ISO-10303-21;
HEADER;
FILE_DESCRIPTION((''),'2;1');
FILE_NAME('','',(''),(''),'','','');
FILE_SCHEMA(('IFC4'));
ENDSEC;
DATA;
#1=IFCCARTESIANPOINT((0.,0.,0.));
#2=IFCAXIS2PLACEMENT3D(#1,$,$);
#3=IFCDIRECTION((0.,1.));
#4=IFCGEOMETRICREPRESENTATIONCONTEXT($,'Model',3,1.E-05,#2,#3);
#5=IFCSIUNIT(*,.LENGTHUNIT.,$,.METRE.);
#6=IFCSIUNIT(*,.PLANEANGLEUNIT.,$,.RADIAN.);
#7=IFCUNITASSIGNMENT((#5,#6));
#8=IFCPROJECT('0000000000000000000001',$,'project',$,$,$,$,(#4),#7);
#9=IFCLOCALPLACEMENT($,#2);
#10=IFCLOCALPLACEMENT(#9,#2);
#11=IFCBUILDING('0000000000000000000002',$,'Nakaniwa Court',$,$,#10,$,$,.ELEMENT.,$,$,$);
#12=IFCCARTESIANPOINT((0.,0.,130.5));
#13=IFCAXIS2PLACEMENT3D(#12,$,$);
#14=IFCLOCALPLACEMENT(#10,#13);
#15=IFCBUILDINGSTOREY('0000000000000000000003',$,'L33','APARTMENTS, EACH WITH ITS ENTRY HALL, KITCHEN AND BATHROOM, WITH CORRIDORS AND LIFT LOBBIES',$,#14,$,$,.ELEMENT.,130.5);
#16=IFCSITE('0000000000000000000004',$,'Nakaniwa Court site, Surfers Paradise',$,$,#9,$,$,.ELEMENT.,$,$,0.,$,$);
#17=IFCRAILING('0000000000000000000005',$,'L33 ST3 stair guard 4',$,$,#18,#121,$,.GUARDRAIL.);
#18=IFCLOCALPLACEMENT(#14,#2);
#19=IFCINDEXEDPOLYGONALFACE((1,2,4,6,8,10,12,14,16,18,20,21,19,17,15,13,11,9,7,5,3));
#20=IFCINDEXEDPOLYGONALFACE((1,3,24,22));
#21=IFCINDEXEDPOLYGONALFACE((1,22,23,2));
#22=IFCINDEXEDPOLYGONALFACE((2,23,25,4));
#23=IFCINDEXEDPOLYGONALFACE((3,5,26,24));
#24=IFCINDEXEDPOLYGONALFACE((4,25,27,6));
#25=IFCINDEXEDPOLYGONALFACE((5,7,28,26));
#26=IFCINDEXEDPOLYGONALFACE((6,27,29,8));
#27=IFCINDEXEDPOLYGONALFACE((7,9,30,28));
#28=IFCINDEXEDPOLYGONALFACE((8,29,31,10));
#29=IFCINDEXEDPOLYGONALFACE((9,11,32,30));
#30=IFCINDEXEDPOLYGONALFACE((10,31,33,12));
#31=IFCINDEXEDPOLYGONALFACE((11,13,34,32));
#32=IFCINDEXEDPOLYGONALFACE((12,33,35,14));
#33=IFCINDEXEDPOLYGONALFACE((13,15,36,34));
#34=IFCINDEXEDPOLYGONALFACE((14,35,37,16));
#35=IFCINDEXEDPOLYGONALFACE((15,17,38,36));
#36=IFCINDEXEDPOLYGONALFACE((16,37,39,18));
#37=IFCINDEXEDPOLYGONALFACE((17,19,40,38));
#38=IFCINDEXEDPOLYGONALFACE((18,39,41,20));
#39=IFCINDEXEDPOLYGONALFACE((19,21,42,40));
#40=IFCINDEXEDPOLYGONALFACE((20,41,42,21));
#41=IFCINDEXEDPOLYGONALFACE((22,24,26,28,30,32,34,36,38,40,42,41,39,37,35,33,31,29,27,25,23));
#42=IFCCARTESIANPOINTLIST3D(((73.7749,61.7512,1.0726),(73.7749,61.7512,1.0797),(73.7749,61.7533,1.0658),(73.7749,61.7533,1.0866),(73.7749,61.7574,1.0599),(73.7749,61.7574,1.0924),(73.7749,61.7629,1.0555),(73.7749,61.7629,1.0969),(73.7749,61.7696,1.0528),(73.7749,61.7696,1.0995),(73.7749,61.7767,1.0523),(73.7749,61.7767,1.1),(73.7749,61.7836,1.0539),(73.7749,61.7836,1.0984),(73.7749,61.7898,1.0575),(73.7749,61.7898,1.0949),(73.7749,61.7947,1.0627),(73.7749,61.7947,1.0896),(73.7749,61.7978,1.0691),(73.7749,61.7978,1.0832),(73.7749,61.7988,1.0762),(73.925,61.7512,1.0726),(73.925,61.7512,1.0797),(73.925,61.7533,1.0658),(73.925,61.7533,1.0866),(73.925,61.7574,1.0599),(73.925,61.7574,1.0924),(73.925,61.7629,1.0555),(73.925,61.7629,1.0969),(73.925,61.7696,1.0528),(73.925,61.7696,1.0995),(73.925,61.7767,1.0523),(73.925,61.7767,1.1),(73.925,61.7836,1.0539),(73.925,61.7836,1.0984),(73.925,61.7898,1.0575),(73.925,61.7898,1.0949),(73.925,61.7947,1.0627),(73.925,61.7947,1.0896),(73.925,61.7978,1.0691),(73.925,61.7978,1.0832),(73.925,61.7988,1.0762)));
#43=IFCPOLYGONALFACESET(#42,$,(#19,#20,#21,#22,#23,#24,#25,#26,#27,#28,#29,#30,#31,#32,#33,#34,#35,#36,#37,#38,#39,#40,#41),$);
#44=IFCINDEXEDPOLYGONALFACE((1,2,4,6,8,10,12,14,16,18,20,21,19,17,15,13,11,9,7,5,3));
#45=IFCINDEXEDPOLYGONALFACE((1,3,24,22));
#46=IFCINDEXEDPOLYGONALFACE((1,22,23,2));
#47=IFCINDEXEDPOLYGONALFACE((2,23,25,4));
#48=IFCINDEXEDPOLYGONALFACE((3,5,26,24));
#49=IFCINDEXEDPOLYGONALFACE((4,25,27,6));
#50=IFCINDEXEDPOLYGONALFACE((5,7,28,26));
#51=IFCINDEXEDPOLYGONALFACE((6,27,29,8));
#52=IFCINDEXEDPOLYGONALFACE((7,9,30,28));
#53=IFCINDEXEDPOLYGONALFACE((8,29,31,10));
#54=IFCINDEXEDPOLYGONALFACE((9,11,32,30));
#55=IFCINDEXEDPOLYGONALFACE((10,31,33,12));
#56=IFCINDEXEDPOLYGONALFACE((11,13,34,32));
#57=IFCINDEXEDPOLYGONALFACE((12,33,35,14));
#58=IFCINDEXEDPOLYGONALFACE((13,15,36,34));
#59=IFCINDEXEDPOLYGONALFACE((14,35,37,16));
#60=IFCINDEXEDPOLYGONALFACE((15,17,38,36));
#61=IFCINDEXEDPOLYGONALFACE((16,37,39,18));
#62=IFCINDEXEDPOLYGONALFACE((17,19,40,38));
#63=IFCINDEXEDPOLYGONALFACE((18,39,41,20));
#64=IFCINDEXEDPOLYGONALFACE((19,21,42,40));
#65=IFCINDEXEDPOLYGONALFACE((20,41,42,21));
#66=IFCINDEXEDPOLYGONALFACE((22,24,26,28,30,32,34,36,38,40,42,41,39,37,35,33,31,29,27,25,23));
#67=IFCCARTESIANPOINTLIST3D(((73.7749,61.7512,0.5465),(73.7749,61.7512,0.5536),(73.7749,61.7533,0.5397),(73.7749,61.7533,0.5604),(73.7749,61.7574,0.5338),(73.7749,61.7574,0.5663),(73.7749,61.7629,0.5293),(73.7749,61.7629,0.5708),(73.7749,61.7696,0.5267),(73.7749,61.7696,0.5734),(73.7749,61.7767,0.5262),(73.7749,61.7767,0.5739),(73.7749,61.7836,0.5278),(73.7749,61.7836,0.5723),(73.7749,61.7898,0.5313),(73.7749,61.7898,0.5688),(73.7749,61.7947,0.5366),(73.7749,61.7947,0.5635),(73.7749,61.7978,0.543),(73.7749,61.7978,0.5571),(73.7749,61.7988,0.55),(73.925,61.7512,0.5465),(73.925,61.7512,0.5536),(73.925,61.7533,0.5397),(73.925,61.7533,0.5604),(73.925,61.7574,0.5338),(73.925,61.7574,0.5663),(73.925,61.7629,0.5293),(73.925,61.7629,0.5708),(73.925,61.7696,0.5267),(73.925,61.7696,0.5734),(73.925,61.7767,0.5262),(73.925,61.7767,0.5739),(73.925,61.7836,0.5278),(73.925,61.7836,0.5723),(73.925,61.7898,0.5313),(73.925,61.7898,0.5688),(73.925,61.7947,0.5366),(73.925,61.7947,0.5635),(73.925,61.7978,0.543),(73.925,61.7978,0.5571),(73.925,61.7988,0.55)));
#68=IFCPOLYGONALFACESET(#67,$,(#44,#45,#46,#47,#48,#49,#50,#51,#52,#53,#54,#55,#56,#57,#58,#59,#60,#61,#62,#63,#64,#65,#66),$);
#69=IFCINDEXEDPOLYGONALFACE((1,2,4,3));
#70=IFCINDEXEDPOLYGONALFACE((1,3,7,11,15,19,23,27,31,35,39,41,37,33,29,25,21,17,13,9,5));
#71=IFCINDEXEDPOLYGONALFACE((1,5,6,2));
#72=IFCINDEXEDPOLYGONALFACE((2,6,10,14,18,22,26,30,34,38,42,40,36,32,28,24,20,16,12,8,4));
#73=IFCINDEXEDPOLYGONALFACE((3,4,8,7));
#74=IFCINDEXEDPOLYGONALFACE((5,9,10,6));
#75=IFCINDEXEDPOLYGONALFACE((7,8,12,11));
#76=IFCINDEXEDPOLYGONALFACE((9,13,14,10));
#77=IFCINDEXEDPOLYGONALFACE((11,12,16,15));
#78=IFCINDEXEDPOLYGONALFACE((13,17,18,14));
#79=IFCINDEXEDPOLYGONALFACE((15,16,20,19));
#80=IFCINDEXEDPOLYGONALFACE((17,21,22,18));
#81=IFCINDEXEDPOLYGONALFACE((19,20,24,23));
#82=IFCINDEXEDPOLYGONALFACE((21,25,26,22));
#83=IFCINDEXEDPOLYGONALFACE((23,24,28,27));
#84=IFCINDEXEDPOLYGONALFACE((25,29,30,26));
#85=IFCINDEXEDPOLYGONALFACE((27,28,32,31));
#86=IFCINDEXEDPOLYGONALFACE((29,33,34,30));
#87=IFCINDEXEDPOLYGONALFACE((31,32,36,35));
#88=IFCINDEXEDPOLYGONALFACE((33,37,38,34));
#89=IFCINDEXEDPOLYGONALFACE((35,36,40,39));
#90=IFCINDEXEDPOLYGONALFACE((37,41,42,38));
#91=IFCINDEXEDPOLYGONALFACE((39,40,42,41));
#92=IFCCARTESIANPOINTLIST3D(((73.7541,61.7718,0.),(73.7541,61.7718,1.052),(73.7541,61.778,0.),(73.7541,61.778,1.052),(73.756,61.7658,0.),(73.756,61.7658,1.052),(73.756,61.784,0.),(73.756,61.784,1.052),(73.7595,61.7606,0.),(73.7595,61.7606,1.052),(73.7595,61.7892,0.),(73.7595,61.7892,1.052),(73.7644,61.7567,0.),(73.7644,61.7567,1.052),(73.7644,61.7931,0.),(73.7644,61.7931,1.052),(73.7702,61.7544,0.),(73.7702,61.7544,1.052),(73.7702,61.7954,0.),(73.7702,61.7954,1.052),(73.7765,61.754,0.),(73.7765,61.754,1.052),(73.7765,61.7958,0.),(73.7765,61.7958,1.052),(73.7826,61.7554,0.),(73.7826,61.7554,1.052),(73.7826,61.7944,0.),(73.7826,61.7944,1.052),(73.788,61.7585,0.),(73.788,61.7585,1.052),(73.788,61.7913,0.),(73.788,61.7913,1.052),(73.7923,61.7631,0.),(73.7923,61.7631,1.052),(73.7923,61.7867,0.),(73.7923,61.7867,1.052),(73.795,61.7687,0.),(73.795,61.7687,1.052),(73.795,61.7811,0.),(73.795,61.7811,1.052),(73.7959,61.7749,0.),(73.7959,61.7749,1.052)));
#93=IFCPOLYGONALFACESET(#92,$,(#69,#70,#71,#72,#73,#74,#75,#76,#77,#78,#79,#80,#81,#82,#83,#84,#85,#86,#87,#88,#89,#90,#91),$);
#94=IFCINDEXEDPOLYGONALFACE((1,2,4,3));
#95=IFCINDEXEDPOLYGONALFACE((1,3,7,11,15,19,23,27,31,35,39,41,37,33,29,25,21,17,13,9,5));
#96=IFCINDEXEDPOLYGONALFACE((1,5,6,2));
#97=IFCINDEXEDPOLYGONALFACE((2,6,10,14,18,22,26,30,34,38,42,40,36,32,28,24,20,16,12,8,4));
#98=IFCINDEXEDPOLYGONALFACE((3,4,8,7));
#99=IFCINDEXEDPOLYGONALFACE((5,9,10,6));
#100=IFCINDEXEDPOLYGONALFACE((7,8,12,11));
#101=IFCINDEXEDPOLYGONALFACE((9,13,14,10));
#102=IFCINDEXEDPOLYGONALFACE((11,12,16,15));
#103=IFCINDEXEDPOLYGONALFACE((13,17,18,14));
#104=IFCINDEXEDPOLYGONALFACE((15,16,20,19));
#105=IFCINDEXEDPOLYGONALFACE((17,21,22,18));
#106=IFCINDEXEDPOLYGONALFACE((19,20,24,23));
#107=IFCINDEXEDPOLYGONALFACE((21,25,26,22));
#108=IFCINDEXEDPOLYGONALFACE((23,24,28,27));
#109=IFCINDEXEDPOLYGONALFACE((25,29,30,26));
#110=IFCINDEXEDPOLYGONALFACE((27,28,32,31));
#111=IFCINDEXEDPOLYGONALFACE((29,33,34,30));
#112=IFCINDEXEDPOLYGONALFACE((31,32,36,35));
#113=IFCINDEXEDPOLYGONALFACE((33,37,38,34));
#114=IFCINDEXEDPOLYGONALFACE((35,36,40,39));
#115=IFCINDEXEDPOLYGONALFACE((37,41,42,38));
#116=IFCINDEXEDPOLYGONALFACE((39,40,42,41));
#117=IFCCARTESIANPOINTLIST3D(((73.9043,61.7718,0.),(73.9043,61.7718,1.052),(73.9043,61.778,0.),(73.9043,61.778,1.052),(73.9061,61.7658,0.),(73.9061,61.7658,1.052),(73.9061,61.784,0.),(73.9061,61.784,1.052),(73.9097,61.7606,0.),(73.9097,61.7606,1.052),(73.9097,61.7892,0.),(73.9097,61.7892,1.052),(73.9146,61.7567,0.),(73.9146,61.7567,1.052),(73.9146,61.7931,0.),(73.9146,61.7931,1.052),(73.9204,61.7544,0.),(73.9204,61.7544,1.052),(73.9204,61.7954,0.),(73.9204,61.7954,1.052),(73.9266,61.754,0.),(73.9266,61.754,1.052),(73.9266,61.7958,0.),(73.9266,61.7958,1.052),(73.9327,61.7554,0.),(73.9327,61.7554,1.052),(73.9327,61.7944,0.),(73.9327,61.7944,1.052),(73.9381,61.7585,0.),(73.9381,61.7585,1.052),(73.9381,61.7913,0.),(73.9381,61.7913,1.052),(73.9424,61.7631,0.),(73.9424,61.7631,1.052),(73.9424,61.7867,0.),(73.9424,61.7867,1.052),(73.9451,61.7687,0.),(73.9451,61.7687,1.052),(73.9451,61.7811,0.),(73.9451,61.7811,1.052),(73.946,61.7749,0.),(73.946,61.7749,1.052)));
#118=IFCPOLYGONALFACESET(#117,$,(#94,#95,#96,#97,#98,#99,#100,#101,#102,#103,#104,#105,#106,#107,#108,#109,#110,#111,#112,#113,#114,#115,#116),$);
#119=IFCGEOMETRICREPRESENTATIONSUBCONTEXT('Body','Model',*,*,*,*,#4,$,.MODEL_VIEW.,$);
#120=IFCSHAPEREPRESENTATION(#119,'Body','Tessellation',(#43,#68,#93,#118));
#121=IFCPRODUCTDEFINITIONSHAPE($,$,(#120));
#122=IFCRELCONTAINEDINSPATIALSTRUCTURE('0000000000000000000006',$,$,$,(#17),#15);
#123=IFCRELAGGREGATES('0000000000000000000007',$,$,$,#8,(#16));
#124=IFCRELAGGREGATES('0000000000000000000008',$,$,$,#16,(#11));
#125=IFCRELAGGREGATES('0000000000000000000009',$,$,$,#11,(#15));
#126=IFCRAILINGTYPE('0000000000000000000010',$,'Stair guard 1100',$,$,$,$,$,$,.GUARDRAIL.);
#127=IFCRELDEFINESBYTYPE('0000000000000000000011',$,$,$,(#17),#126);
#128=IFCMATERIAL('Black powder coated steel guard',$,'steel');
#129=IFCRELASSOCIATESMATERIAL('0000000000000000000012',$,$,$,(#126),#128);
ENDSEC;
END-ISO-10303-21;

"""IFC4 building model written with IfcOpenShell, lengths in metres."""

from ifc_helpers import new_model, si_unit, direction, frame, origin, origin_2d, place, context, subcontext, project, spatial, circle, extrude, material, type_object, element, save


model = new_model("IFC4")

# Units and contexts
model_context = context("Model", 3, precision=1e-05, world=origin(), true_north=direction((0.0, 1.0)))
body_context = subcontext(model_context, "Body", "Model", "MODEL_VIEW")
ifc_project = project(units=[si_unit("LENGTHUNIT", "METRE"), si_unit("PLANEANGLEUNIT", "RADIAN")], contexts=[model_context])

# Site, building, storey
site_placement = place(None, origin())
site = spatial("IfcSite", under=ifc_project, at=site_placement, Name="Nakaniwa Court site, Surfers Paradise", CompositionType="ELEMENT", RefElevation=0.0)
building_placement = place(site_placement, origin())
building = spatial("IfcBuilding", under=site, at=building_placement, Name="Nakaniwa Court", CompositionType="ELEMENT")
storey_placement = place(building_placement, frame((0.0, 0.0, 130.5)))
storey = spatial("IfcBuildingStorey", under=building, at=storey_placement, Name="L33", Description="APARTMENTS, EACH WITH ITS ENTRY HALL, KITCHEN AND BATHROOM, WITH CORRIDORS AND LIFT LOBBIES", CompositionType="ELEMENT", Elevation=130.5)

# Railing
ifc_material_1 = material(Name="Black powder coated steel guard", Category="steel")
railing_type_1 = type_object("IfcRailingType", Name="Stair guard 1100", PredefinedType="GUARDRAIL", material=ifc_material_1)
railing_1_placement = place(storey_placement, frame((73.7749, 61.7749, 0.0)))
element("IfcRailing", 1, at=railing_1_placement, inside=storey, type_object=railing_type_1, Name="L33 ST3 stair guard 4", PredefinedType="GUARDRAIL", context=body_context, shape_type="SweptSolid", body=[
    extrude(circle(Radius=0.0239, at=origin_2d()), frame((0.0, 0.0, 1.0762), z_axis=(1.0, 0.0, 0.0), x_axis=(0.0, 1.0, 0.0)), (0.0, 0.0, 1.0), 0.1501),
    extrude(circle(Radius=0.0239, at=origin_2d()), frame((0.0, 0.0, 0.55), z_axis=(1.0, 0.0, 0.0), x_axis=(0.0, 1.0, 0.0)), (0.0, 0.0, 1.0), 0.1501),
    extrude(circle(Radius=0.021, at=origin_2d()), origin(), (0.0, 0.0, 1.0), 1.052),
    extrude(circle(Radius=0.021, at=origin_2d()), frame((0.1501, 0.0, 0.0)), (0.0, 0.0, 1.0), 1.052),
])

save(model, "model.ifc")
